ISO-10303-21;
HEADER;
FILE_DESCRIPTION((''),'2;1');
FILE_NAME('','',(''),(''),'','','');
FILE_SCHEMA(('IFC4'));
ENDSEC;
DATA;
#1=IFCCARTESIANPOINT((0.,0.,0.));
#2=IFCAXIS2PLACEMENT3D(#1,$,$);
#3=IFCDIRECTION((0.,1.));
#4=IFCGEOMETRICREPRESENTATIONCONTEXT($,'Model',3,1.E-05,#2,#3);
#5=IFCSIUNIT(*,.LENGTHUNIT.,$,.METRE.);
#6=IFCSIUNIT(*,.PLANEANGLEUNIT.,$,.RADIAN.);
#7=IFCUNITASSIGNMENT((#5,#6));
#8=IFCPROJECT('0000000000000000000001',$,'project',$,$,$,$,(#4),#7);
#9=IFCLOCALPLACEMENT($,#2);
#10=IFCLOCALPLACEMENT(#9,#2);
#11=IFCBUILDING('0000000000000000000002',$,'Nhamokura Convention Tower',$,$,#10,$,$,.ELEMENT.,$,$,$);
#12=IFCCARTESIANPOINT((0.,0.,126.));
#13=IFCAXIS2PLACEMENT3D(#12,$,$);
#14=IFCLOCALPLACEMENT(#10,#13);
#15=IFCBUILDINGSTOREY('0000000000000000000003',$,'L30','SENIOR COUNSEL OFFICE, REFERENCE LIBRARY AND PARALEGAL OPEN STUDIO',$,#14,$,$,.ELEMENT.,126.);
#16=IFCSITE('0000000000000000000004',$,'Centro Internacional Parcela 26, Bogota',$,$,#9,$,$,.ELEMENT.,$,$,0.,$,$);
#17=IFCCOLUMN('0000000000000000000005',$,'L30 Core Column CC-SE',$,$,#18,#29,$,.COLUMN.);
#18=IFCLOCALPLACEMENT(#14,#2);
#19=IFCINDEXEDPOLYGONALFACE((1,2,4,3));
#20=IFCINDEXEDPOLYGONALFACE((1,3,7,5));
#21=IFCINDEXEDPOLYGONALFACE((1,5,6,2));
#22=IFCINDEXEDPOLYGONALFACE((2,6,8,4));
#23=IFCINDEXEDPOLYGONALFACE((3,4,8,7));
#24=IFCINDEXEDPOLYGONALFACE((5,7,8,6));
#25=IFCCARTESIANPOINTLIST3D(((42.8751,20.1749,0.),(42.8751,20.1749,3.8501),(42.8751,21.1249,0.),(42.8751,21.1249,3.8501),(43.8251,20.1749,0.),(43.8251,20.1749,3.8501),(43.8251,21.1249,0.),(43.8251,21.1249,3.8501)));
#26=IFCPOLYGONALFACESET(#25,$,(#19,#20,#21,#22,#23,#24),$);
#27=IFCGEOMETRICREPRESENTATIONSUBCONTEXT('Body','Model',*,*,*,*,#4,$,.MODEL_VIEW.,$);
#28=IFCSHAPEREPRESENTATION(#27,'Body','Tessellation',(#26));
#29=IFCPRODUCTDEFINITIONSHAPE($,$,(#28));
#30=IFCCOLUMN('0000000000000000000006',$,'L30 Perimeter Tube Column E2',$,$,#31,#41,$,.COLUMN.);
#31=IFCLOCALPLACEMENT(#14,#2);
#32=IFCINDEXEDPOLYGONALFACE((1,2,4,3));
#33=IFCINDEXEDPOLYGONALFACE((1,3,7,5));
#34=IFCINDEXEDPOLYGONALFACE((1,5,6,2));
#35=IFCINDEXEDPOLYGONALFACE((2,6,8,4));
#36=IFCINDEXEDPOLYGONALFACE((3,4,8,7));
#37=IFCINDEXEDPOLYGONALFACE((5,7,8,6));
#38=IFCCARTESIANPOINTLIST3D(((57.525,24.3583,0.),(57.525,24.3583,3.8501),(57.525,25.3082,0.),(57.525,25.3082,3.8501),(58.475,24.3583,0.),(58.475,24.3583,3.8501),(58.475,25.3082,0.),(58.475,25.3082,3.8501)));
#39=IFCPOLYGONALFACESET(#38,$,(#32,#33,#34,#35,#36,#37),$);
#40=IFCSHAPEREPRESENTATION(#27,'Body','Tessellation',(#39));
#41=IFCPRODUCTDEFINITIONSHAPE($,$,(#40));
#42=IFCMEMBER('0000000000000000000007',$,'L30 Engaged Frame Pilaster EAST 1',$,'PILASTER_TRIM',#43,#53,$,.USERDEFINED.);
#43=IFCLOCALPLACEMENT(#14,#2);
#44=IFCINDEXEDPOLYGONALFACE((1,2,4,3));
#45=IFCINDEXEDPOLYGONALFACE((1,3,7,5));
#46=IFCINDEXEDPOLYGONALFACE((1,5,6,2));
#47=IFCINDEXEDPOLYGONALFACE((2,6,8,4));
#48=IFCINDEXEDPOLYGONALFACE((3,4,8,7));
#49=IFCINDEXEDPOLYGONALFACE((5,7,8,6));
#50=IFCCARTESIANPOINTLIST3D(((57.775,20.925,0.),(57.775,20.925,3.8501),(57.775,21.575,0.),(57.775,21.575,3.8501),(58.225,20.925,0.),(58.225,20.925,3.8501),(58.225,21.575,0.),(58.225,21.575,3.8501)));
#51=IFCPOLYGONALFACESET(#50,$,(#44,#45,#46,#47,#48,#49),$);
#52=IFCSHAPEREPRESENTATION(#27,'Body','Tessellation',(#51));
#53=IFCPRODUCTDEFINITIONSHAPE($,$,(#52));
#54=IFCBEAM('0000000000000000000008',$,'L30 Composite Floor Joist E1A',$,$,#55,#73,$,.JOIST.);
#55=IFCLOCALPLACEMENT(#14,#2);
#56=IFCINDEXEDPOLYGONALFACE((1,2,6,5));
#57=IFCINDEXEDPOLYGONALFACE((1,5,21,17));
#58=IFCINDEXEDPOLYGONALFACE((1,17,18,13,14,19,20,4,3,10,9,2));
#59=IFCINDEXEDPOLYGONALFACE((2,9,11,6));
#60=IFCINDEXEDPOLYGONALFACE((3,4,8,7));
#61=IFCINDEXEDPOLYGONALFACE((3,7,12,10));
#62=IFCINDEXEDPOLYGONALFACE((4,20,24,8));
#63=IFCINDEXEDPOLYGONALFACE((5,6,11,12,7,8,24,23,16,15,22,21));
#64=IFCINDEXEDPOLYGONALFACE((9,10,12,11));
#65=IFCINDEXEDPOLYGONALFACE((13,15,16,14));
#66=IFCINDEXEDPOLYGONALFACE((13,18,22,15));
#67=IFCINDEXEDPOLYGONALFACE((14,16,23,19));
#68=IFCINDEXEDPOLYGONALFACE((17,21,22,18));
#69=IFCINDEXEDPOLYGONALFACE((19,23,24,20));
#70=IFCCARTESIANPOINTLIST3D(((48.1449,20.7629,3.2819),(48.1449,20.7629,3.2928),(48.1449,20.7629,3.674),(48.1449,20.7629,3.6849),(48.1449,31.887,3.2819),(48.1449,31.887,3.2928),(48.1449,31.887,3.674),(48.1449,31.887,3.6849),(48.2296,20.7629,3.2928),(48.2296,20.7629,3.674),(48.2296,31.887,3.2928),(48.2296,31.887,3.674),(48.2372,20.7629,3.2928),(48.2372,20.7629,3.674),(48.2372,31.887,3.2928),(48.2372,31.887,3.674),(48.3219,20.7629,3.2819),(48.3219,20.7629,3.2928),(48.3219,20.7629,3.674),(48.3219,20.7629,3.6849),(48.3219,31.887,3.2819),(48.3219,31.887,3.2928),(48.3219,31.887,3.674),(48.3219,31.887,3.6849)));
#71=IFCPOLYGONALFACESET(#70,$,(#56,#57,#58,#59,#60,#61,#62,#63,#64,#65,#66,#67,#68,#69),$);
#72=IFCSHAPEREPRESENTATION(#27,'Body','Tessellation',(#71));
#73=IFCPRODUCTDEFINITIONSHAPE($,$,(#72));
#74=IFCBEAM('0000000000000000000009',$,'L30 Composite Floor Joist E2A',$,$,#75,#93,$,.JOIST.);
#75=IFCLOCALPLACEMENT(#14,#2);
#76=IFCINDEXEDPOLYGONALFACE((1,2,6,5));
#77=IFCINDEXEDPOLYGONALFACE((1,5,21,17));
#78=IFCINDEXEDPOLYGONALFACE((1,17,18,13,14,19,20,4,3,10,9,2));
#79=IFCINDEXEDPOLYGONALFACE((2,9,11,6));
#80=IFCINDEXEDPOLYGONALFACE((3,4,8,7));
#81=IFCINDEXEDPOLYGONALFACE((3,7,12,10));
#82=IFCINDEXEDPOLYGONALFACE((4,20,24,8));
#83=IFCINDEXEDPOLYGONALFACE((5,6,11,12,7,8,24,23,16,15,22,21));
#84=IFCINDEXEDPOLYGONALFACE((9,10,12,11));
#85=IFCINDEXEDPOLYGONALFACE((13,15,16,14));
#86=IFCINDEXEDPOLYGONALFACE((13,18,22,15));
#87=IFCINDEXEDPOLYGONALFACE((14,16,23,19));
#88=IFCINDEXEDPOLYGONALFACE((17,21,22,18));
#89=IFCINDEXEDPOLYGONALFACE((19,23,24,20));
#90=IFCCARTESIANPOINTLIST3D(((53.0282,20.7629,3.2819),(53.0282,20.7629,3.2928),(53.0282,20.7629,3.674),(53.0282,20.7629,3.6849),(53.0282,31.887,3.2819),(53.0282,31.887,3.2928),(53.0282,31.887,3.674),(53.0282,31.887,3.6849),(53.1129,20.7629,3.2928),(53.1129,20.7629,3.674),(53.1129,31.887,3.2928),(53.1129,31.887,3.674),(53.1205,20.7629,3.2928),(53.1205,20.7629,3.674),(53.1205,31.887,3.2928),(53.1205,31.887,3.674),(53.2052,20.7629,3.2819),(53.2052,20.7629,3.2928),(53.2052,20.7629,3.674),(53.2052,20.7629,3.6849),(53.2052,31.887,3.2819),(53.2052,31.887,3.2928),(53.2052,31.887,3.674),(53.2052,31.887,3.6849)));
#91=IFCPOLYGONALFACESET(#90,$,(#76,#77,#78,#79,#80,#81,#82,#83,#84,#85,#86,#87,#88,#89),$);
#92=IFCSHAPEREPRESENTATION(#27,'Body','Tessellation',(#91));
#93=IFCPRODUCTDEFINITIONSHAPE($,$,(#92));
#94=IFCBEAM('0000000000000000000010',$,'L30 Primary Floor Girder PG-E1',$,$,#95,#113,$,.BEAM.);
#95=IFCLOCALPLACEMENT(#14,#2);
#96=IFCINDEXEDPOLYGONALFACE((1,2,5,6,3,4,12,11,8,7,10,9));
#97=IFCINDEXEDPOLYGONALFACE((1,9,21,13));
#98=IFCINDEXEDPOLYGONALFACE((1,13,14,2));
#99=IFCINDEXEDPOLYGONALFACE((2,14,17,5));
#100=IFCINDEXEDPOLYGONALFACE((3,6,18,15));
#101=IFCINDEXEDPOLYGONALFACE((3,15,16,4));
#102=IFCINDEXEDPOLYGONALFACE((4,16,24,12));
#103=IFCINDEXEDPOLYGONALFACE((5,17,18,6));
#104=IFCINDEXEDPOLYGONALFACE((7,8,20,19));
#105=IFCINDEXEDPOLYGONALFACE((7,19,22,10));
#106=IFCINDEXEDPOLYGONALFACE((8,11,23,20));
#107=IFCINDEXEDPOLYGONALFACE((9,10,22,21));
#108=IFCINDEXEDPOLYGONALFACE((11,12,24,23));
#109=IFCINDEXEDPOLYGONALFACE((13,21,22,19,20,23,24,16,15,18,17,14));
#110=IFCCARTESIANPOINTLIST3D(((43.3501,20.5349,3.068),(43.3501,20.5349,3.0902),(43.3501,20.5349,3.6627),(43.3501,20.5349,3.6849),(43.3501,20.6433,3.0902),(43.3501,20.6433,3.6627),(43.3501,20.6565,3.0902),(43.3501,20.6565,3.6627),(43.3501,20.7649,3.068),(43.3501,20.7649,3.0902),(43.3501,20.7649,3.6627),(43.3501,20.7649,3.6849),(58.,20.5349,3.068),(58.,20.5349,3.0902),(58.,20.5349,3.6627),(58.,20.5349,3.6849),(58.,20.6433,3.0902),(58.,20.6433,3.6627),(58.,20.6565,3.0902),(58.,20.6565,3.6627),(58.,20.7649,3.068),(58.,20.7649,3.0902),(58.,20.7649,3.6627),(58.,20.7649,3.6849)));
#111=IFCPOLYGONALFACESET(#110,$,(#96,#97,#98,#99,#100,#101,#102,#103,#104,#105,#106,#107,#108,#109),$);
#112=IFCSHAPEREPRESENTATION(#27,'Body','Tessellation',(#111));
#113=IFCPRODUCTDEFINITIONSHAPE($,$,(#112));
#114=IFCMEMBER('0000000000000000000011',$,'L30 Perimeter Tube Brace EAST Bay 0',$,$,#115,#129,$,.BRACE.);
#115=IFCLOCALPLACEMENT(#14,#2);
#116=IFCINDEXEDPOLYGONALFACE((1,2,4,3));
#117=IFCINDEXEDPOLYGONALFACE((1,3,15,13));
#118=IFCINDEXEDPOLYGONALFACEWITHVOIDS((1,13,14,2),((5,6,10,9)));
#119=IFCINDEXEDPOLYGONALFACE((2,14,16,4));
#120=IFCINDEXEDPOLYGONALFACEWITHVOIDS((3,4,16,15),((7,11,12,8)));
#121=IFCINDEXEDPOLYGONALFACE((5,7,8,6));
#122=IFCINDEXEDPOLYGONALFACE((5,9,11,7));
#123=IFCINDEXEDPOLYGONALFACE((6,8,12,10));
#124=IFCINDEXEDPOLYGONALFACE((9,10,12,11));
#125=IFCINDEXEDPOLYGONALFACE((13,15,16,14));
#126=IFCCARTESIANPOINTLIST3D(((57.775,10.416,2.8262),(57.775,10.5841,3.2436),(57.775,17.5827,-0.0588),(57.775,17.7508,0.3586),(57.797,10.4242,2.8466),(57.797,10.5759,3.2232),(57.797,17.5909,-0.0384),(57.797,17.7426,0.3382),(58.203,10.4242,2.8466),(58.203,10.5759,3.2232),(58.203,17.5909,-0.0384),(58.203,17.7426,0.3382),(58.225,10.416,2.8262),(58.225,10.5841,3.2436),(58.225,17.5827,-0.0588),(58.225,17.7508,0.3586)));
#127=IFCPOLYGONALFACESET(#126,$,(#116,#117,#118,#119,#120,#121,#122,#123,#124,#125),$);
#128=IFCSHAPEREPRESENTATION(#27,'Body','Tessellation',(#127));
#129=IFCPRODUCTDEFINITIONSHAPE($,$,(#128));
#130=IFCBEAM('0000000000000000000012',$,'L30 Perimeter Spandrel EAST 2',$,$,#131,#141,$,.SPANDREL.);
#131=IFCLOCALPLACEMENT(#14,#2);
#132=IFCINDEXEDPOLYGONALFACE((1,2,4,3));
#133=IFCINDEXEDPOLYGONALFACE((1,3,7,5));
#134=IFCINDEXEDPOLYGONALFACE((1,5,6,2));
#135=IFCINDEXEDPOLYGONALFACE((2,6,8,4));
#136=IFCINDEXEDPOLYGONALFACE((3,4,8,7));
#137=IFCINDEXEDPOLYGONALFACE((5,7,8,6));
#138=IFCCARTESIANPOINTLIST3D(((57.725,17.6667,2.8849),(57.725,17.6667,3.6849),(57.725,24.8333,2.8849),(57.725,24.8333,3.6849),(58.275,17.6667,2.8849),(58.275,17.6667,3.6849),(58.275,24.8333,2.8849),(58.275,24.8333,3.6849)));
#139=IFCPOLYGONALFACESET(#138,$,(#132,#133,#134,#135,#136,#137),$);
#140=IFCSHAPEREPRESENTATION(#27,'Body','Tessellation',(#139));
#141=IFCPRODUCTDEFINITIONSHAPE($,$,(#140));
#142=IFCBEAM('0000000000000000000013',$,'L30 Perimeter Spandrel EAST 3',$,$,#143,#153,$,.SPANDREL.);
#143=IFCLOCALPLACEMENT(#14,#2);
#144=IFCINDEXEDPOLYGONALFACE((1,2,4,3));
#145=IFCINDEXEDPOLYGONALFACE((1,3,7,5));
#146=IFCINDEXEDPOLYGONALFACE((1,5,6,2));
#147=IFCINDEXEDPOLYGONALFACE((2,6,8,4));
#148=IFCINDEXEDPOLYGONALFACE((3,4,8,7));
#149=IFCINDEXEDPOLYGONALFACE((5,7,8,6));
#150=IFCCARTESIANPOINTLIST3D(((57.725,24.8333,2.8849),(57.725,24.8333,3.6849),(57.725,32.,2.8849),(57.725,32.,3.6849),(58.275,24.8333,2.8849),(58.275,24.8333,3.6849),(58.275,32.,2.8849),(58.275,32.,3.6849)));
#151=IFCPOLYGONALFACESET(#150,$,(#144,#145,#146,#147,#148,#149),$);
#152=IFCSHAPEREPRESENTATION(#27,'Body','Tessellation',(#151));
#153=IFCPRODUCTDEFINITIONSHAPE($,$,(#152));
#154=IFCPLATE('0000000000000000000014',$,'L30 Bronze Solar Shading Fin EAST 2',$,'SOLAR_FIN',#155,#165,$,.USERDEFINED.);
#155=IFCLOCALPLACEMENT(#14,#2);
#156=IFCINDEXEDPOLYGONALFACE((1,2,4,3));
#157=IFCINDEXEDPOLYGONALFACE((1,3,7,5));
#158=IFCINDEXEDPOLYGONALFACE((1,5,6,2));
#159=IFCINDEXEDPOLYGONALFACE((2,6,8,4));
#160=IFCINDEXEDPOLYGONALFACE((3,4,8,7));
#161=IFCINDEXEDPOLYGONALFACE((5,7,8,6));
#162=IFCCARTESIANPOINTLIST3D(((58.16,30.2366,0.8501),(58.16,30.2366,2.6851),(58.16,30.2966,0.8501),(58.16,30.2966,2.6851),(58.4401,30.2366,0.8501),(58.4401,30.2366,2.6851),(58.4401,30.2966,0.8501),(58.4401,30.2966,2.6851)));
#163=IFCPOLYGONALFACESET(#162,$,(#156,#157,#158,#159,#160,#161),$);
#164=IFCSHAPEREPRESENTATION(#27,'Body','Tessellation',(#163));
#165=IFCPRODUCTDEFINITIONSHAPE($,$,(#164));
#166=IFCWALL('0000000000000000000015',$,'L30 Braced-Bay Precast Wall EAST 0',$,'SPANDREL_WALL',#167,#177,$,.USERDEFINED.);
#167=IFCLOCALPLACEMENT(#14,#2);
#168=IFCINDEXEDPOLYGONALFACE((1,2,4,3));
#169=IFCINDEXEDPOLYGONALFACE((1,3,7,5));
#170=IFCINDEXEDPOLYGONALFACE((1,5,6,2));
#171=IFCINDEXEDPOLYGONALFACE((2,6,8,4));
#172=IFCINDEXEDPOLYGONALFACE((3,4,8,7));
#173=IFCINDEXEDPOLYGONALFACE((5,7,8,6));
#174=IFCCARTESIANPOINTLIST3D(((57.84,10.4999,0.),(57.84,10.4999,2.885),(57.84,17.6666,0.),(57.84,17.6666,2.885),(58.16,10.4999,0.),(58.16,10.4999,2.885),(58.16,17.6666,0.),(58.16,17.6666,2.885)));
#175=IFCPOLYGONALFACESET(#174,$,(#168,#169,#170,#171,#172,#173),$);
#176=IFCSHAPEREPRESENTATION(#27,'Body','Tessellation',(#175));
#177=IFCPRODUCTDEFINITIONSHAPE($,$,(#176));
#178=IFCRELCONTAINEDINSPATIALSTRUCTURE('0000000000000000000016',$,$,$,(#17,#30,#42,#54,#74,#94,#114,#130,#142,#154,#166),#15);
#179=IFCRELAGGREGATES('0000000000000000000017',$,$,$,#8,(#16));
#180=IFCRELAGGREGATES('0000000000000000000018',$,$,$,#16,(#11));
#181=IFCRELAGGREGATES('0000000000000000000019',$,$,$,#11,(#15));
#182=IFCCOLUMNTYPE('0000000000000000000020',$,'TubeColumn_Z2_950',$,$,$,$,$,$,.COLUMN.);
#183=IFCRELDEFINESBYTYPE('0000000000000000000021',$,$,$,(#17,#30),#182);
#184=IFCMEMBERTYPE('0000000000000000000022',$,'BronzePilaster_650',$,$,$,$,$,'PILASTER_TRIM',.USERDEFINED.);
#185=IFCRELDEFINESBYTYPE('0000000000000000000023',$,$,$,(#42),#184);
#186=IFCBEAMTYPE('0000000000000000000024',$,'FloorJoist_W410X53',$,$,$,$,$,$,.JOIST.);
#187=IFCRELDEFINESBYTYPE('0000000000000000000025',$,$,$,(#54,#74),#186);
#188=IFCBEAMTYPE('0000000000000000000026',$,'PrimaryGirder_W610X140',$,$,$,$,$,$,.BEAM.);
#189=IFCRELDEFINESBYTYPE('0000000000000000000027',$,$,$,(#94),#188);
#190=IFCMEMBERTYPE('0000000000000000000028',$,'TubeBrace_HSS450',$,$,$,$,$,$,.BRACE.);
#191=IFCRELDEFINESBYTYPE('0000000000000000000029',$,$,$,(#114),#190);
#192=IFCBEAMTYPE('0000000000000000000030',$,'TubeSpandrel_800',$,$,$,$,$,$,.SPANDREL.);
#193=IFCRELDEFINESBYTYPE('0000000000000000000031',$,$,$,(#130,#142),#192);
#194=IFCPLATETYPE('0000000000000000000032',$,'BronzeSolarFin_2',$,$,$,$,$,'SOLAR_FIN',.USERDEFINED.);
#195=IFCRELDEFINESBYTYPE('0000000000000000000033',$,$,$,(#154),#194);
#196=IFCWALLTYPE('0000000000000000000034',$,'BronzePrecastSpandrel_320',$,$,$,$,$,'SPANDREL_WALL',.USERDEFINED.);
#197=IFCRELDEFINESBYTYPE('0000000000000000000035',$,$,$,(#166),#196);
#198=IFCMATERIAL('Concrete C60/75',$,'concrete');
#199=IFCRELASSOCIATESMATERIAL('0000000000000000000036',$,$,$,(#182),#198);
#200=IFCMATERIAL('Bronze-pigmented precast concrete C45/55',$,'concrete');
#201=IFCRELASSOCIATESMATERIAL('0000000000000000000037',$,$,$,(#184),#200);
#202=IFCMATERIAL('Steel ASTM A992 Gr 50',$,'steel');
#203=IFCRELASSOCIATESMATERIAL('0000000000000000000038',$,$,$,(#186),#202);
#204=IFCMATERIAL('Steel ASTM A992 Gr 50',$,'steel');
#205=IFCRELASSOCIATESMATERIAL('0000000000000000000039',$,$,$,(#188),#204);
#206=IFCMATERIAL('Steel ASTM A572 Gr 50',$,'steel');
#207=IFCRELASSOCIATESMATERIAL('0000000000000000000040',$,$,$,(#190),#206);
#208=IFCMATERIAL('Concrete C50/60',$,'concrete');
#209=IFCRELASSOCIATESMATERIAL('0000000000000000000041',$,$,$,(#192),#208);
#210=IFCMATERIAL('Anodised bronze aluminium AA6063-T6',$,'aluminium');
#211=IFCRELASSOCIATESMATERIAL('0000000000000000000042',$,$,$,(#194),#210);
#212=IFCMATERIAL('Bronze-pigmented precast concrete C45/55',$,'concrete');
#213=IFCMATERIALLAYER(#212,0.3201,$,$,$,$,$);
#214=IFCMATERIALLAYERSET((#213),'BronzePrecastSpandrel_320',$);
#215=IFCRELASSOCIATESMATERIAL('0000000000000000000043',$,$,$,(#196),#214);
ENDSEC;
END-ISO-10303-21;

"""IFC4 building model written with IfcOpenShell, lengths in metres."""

from ifc_helpers import new_model, si_unit, direction, frame, frame_2d, origin, origin_2d, place, context, subcontext, project, spatial, rectangle, hollow_rectangle, i_section, extrude, material, layer, layer_set, material_profile, profile_set, type_object, element, save


model = new_model("IFC4")

# Units and contexts
model_context = context("Model", 3, precision=1e-05, world=origin(), true_north=direction((0.0, 1.0)))
body_context = subcontext(model_context, "Body", "Model", "MODEL_VIEW")
ifc_project = project(units=[si_unit("LENGTHUNIT", "METRE"), si_unit("PLANEANGLEUNIT", "RADIAN")], contexts=[model_context])

# Site, building, storey
site_placement = place(None, origin())
site = spatial("IfcSite", under=ifc_project, at=site_placement, Name="Centro Internacional Parcela 26, Bogota", CompositionType="ELEMENT", RefElevation=0.0)
building_placement = place(site_placement, origin())
building = spatial("IfcBuilding", under=site, at=building_placement, Name="Nhamokura Convention Tower", CompositionType="ELEMENT")
storey_placement = place(building_placement, frame((0.0, 0.0, 126.0)))
storey = spatial("IfcBuildingStorey", under=building, at=storey_placement, Name="L30", Description="SENIOR COUNSEL OFFICE, REFERENCE LIBRARY AND PARALEGAL OPEN STUDIO", CompositionType="ELEMENT", Elevation=126.0)

# Columns
ifc_material_1 = material(Name="Concrete C60/75", Category="concrete")
ifc_material_profile_1 = material_profile(ifc_material_1, rectangle(XDim=0.95, YDim=0.95, at=origin_2d()))
ifc_profile_set_1 = profile_set([ifc_material_profile_1], Name="Concrete C60/75")
column_type = type_object("IfcColumnType", Name="TubeColumn_Z2_950", PredefinedType="COLUMN", material=ifc_profile_set_1)
for number, where, z_axis, x_axis, name in (
    (1, (43.3501, 20.6499, 0.0), (0.0, 0.0, 1.0), (1.0, 0.0, 0.0), "L30 Core Column CC-SE"),
    (2, (58.0, 24.8333, 0.0), (0.0, 0.0, 1.0), (1.0, 0.0, 0.0), "L30 Perimeter Tube Column E2"),
):
    element("IfcColumn", number, at=place(storey_placement, frame(where, z_axis=z_axis, x_axis=x_axis)), inside=storey, type_object=column_type, Name=name, PredefinedType="COLUMN", context=body_context, shape_type="SweptSolid", body=[
        extrude(rectangle(XDim=0.95, YDim=0.95, at=origin_2d()), origin(), (0.0, 0.0, 1.0), 3.8501),
    ])

# Member
ifc_material_2 = material(Name="Bronze-pigmented precast concrete C45/55", Category="concrete")
ifc_material_profile_2 = material_profile(ifc_material_2, rectangle(XDim=0.45, YDim=0.6499, at=origin_2d()))
ifc_profile_set_2 = profile_set([ifc_material_profile_2], Name="Bronze-pigmented precast concrete C45/55")
member_type_1 = type_object("IfcMemberType", Name="BronzePilaster_650", ElementType="PILASTER_TRIM", PredefinedType="USERDEFINED", material=ifc_profile_set_2)
member_1_placement = place(storey_placement, frame((58.0, 21.25, 0.0), z_axis=(0.0, 0.0, 1.0), x_axis=(1.0, 0.0, 0.0)))
element("IfcMember", 3, at=member_1_placement, inside=storey, type_object=member_type_1, Name="L30 Engaged Frame Pilaster EAST 1", ObjectType="PILASTER_TRIM", PredefinedType="USERDEFINED", context=body_context, shape_type="SweptSolid", body=[
    extrude(rectangle(XDim=0.45, YDim=0.6499, at=origin_2d()), origin(), (0.0, 0.0, 1.0), 3.8501),
])

# Beams
ifc_material_3 = material(Name="Steel ASTM A992 Gr 50", Category="steel")
ifc_material_profile_3 = material_profile(ifc_material_3, i_section(OverallWidth=0.177, OverallDepth=0.4031, WebThickness=0.0076, FlangeThickness=0.011, at=origin_2d()))
ifc_profile_set_3 = profile_set([ifc_material_profile_3], Name="Steel ASTM A992 Gr 50")
beam_type_1 = type_object("IfcBeamType", Name="FloorJoist_W410X53", PredefinedType="JOIST", material=ifc_profile_set_3)
for number, where, z_axis, x_axis, name in (
    (4, (48.2334, 20.7629, 3.4834), (0.0, 1.0, 0.0), (-1.0, 0.0, 0.0), "L30 Composite Floor Joist E1A"),
    (5, (53.1167, 20.7629, 3.4834), (0.0, 1.0, 0.0), (-1.0, 0.0, 0.0), "L30 Composite Floor Joist E2A"),
):
    element("IfcBeam", number, at=place(storey_placement, frame(where, z_axis=z_axis, x_axis=x_axis)), inside=storey, type_object=beam_type_1, Name=name, PredefinedType="JOIST", context=body_context, shape_type="SweptSolid", body=[
        extrude(i_section(OverallWidth=0.177, OverallDepth=0.4031, WebThickness=0.0076, FlangeThickness=0.011, at=origin_2d()), origin(), (0.0, 0.0, 1.0), 11.124),
    ])
ifc_material_4 = material(Name="Steel ASTM A992 Gr 50", Category="steel")
ifc_material_profile_4 = material_profile(ifc_material_4, i_section(OverallWidth=0.23, OverallDepth=0.6169, WebThickness=0.0132, FlangeThickness=0.0222, at=origin_2d()))
ifc_profile_set_4 = profile_set([ifc_material_profile_4], Name="Steel ASTM A992 Gr 50")
beam_type_2 = type_object("IfcBeamType", Name="PrimaryGirder_W610X140", PredefinedType="BEAM", material=ifc_profile_set_4)
beam_1_placement = place(storey_placement, frame((43.3501, 20.6499, 3.3765), z_axis=(1.0, 0.0, 0.0), x_axis=(0.0, 1.0, 0.0)))
element("IfcBeam", 6, at=beam_1_placement, inside=storey, type_object=beam_type_2, Name="L30 Primary Floor Girder PG-E1", PredefinedType="BEAM", context=body_context, shape_type="SweptSolid", body=[
    extrude(i_section(OverallWidth=0.23, OverallDepth=0.6169, WebThickness=0.0132, FlangeThickness=0.0222, at=origin_2d()), origin(), (0.0, 0.0, 1.0), 14.6499),
])

# Member
ifc_material_5 = material(Name="Steel ASTM A572 Gr 50", Category="steel")
ifc_material_profile_5 = material_profile(ifc_material_5, hollow_rectangle(XDim=0.45, YDim=0.45, WallThickness=0.022, at=origin_2d()))
ifc_profile_set_5 = profile_set([ifc_material_profile_5], Name="Steel ASTM A572 Gr 50")
member_type_2 = type_object("IfcMemberType", Name="TubeBrace_HSS450", PredefinedType="BRACE", material=ifc_profile_set_5)
member_2_placement = place(storey_placement, frame((58.0, 17.6667, 0.1499), z_axis=(0.0, -0.927657, 0.373433), x_axis=(1.0, 0.0, 0.0)))
element("IfcMember", 7, at=member_2_placement, inside=storey, type_object=member_type_2, Name="L30 Perimeter Tube Brace EAST Bay 0", PredefinedType="BRACE", context=body_context, shape_type="SweptSolid", body=[
    extrude(hollow_rectangle(XDim=0.45, YDim=0.45, WallThickness=0.022, at=origin_2d()), origin(), (0.0, 0.0, 1.0), 7.7256),
])

# Beams
ifc_material_6 = material(Name="Concrete C50/60", Category="concrete")
ifc_material_profile_6 = material_profile(ifc_material_6, rectangle(XDim=0.55, YDim=0.8, at=origin_2d()))
ifc_profile_set_6 = profile_set([ifc_material_profile_6], Name="Concrete C50/60")
beam_type_3 = type_object("IfcBeamType", Name="TubeSpandrel_800", PredefinedType="SPANDREL", material=ifc_profile_set_6)
beam_2_placement = place(storey_placement, frame((58.0, 17.6667, 3.2849), z_axis=(0.0, 1.0, 0.0), x_axis=(-1.0, 0.0, 0.0)))
element("IfcBeam", 8, at=beam_2_placement, inside=storey, type_object=beam_type_3, Name="L30 Perimeter Spandrel EAST 2", PredefinedType="SPANDREL", context=body_context, shape_type="SweptSolid", body=[
    extrude(rectangle(XDim=0.55, YDim=0.8, at=origin_2d()), origin(), (0.0, 0.0, 1.0), 7.1665),
])
beam_3_placement = place(storey_placement, frame((58.0, 24.8333, 3.2849), z_axis=(0.0, 1.0, 0.0), x_axis=(-1.0, 0.0, 0.0)))
element("IfcBeam", 9, at=beam_3_placement, inside=storey, type_object=beam_type_3, Name="L30 Perimeter Spandrel EAST 3", PredefinedType="SPANDREL", context=body_context, shape_type="SweptSolid", body=[
    extrude(rectangle(XDim=0.55, YDim=0.8, at=origin_2d()), origin(), (0.0, 0.0, 1.0), 7.1667),
])

# Plate
ifc_material_7 = material(Name="Anodised bronze aluminium AA6063-T6", Category="aluminium")
plate_type = type_object("IfcPlateType", Name="BronzeSolarFin_2", ElementType="SOLAR_FIN", PredefinedType="USERDEFINED", material=ifc_material_7)
plate_placement = place(storey_placement, frame((58.3, 30.2666, 0.8501), z_axis=(0.0, 0.0, 1.0), x_axis=(1.0, 0.0, 0.0)))
element("IfcPlate", 10, at=plate_placement, inside=storey, type_object=plate_type, Name="L30 Bronze Solar Shading Fin EAST 2", ObjectType="SOLAR_FIN", PredefinedType="USERDEFINED", context=body_context, shape_type="SweptSolid", body=[
    extrude(rectangle(XDim=0.28, YDim=0.0601, at=origin_2d()), origin(), (0.0, 0.0, 1.0), 1.835),
])

# Wall
ifc_material_8 = material(Name="Bronze-pigmented precast concrete C45/55", Category="concrete")
ifc_layer_1 = layer(ifc_material_8, 0.3201)
ifc_layer_set_1 = layer_set([ifc_layer_1], Name="BronzePrecastSpandrel_320")
wall_type_1 = type_object("IfcWallType", Name="BronzePrecastSpandrel_320", ElementType="SPANDREL_WALL", PredefinedType="USERDEFINED", material=ifc_layer_set_1)
wall_1_placement = place(storey_placement, frame((58.0, 17.6667, 0.0), z_axis=(0.0, 0.0, 1.0), x_axis=(0.0, -1.0, 0.0)))
element("IfcWall", 11, at=wall_1_placement, inside=storey, type_object=wall_type_1, Name="L30 Braced-Bay Precast Wall EAST 0", ObjectType="SPANDREL_WALL", PredefinedType="USERDEFINED", context=body_context, shape_type="SweptSolid", body=[
    extrude(rectangle(XDim=7.1667, YDim=0.3201, at=frame_2d((3.5835, 0.0))), origin(), (0.0, 0.0, 1.0), 2.885),
])

save(model, "model.ifc")
